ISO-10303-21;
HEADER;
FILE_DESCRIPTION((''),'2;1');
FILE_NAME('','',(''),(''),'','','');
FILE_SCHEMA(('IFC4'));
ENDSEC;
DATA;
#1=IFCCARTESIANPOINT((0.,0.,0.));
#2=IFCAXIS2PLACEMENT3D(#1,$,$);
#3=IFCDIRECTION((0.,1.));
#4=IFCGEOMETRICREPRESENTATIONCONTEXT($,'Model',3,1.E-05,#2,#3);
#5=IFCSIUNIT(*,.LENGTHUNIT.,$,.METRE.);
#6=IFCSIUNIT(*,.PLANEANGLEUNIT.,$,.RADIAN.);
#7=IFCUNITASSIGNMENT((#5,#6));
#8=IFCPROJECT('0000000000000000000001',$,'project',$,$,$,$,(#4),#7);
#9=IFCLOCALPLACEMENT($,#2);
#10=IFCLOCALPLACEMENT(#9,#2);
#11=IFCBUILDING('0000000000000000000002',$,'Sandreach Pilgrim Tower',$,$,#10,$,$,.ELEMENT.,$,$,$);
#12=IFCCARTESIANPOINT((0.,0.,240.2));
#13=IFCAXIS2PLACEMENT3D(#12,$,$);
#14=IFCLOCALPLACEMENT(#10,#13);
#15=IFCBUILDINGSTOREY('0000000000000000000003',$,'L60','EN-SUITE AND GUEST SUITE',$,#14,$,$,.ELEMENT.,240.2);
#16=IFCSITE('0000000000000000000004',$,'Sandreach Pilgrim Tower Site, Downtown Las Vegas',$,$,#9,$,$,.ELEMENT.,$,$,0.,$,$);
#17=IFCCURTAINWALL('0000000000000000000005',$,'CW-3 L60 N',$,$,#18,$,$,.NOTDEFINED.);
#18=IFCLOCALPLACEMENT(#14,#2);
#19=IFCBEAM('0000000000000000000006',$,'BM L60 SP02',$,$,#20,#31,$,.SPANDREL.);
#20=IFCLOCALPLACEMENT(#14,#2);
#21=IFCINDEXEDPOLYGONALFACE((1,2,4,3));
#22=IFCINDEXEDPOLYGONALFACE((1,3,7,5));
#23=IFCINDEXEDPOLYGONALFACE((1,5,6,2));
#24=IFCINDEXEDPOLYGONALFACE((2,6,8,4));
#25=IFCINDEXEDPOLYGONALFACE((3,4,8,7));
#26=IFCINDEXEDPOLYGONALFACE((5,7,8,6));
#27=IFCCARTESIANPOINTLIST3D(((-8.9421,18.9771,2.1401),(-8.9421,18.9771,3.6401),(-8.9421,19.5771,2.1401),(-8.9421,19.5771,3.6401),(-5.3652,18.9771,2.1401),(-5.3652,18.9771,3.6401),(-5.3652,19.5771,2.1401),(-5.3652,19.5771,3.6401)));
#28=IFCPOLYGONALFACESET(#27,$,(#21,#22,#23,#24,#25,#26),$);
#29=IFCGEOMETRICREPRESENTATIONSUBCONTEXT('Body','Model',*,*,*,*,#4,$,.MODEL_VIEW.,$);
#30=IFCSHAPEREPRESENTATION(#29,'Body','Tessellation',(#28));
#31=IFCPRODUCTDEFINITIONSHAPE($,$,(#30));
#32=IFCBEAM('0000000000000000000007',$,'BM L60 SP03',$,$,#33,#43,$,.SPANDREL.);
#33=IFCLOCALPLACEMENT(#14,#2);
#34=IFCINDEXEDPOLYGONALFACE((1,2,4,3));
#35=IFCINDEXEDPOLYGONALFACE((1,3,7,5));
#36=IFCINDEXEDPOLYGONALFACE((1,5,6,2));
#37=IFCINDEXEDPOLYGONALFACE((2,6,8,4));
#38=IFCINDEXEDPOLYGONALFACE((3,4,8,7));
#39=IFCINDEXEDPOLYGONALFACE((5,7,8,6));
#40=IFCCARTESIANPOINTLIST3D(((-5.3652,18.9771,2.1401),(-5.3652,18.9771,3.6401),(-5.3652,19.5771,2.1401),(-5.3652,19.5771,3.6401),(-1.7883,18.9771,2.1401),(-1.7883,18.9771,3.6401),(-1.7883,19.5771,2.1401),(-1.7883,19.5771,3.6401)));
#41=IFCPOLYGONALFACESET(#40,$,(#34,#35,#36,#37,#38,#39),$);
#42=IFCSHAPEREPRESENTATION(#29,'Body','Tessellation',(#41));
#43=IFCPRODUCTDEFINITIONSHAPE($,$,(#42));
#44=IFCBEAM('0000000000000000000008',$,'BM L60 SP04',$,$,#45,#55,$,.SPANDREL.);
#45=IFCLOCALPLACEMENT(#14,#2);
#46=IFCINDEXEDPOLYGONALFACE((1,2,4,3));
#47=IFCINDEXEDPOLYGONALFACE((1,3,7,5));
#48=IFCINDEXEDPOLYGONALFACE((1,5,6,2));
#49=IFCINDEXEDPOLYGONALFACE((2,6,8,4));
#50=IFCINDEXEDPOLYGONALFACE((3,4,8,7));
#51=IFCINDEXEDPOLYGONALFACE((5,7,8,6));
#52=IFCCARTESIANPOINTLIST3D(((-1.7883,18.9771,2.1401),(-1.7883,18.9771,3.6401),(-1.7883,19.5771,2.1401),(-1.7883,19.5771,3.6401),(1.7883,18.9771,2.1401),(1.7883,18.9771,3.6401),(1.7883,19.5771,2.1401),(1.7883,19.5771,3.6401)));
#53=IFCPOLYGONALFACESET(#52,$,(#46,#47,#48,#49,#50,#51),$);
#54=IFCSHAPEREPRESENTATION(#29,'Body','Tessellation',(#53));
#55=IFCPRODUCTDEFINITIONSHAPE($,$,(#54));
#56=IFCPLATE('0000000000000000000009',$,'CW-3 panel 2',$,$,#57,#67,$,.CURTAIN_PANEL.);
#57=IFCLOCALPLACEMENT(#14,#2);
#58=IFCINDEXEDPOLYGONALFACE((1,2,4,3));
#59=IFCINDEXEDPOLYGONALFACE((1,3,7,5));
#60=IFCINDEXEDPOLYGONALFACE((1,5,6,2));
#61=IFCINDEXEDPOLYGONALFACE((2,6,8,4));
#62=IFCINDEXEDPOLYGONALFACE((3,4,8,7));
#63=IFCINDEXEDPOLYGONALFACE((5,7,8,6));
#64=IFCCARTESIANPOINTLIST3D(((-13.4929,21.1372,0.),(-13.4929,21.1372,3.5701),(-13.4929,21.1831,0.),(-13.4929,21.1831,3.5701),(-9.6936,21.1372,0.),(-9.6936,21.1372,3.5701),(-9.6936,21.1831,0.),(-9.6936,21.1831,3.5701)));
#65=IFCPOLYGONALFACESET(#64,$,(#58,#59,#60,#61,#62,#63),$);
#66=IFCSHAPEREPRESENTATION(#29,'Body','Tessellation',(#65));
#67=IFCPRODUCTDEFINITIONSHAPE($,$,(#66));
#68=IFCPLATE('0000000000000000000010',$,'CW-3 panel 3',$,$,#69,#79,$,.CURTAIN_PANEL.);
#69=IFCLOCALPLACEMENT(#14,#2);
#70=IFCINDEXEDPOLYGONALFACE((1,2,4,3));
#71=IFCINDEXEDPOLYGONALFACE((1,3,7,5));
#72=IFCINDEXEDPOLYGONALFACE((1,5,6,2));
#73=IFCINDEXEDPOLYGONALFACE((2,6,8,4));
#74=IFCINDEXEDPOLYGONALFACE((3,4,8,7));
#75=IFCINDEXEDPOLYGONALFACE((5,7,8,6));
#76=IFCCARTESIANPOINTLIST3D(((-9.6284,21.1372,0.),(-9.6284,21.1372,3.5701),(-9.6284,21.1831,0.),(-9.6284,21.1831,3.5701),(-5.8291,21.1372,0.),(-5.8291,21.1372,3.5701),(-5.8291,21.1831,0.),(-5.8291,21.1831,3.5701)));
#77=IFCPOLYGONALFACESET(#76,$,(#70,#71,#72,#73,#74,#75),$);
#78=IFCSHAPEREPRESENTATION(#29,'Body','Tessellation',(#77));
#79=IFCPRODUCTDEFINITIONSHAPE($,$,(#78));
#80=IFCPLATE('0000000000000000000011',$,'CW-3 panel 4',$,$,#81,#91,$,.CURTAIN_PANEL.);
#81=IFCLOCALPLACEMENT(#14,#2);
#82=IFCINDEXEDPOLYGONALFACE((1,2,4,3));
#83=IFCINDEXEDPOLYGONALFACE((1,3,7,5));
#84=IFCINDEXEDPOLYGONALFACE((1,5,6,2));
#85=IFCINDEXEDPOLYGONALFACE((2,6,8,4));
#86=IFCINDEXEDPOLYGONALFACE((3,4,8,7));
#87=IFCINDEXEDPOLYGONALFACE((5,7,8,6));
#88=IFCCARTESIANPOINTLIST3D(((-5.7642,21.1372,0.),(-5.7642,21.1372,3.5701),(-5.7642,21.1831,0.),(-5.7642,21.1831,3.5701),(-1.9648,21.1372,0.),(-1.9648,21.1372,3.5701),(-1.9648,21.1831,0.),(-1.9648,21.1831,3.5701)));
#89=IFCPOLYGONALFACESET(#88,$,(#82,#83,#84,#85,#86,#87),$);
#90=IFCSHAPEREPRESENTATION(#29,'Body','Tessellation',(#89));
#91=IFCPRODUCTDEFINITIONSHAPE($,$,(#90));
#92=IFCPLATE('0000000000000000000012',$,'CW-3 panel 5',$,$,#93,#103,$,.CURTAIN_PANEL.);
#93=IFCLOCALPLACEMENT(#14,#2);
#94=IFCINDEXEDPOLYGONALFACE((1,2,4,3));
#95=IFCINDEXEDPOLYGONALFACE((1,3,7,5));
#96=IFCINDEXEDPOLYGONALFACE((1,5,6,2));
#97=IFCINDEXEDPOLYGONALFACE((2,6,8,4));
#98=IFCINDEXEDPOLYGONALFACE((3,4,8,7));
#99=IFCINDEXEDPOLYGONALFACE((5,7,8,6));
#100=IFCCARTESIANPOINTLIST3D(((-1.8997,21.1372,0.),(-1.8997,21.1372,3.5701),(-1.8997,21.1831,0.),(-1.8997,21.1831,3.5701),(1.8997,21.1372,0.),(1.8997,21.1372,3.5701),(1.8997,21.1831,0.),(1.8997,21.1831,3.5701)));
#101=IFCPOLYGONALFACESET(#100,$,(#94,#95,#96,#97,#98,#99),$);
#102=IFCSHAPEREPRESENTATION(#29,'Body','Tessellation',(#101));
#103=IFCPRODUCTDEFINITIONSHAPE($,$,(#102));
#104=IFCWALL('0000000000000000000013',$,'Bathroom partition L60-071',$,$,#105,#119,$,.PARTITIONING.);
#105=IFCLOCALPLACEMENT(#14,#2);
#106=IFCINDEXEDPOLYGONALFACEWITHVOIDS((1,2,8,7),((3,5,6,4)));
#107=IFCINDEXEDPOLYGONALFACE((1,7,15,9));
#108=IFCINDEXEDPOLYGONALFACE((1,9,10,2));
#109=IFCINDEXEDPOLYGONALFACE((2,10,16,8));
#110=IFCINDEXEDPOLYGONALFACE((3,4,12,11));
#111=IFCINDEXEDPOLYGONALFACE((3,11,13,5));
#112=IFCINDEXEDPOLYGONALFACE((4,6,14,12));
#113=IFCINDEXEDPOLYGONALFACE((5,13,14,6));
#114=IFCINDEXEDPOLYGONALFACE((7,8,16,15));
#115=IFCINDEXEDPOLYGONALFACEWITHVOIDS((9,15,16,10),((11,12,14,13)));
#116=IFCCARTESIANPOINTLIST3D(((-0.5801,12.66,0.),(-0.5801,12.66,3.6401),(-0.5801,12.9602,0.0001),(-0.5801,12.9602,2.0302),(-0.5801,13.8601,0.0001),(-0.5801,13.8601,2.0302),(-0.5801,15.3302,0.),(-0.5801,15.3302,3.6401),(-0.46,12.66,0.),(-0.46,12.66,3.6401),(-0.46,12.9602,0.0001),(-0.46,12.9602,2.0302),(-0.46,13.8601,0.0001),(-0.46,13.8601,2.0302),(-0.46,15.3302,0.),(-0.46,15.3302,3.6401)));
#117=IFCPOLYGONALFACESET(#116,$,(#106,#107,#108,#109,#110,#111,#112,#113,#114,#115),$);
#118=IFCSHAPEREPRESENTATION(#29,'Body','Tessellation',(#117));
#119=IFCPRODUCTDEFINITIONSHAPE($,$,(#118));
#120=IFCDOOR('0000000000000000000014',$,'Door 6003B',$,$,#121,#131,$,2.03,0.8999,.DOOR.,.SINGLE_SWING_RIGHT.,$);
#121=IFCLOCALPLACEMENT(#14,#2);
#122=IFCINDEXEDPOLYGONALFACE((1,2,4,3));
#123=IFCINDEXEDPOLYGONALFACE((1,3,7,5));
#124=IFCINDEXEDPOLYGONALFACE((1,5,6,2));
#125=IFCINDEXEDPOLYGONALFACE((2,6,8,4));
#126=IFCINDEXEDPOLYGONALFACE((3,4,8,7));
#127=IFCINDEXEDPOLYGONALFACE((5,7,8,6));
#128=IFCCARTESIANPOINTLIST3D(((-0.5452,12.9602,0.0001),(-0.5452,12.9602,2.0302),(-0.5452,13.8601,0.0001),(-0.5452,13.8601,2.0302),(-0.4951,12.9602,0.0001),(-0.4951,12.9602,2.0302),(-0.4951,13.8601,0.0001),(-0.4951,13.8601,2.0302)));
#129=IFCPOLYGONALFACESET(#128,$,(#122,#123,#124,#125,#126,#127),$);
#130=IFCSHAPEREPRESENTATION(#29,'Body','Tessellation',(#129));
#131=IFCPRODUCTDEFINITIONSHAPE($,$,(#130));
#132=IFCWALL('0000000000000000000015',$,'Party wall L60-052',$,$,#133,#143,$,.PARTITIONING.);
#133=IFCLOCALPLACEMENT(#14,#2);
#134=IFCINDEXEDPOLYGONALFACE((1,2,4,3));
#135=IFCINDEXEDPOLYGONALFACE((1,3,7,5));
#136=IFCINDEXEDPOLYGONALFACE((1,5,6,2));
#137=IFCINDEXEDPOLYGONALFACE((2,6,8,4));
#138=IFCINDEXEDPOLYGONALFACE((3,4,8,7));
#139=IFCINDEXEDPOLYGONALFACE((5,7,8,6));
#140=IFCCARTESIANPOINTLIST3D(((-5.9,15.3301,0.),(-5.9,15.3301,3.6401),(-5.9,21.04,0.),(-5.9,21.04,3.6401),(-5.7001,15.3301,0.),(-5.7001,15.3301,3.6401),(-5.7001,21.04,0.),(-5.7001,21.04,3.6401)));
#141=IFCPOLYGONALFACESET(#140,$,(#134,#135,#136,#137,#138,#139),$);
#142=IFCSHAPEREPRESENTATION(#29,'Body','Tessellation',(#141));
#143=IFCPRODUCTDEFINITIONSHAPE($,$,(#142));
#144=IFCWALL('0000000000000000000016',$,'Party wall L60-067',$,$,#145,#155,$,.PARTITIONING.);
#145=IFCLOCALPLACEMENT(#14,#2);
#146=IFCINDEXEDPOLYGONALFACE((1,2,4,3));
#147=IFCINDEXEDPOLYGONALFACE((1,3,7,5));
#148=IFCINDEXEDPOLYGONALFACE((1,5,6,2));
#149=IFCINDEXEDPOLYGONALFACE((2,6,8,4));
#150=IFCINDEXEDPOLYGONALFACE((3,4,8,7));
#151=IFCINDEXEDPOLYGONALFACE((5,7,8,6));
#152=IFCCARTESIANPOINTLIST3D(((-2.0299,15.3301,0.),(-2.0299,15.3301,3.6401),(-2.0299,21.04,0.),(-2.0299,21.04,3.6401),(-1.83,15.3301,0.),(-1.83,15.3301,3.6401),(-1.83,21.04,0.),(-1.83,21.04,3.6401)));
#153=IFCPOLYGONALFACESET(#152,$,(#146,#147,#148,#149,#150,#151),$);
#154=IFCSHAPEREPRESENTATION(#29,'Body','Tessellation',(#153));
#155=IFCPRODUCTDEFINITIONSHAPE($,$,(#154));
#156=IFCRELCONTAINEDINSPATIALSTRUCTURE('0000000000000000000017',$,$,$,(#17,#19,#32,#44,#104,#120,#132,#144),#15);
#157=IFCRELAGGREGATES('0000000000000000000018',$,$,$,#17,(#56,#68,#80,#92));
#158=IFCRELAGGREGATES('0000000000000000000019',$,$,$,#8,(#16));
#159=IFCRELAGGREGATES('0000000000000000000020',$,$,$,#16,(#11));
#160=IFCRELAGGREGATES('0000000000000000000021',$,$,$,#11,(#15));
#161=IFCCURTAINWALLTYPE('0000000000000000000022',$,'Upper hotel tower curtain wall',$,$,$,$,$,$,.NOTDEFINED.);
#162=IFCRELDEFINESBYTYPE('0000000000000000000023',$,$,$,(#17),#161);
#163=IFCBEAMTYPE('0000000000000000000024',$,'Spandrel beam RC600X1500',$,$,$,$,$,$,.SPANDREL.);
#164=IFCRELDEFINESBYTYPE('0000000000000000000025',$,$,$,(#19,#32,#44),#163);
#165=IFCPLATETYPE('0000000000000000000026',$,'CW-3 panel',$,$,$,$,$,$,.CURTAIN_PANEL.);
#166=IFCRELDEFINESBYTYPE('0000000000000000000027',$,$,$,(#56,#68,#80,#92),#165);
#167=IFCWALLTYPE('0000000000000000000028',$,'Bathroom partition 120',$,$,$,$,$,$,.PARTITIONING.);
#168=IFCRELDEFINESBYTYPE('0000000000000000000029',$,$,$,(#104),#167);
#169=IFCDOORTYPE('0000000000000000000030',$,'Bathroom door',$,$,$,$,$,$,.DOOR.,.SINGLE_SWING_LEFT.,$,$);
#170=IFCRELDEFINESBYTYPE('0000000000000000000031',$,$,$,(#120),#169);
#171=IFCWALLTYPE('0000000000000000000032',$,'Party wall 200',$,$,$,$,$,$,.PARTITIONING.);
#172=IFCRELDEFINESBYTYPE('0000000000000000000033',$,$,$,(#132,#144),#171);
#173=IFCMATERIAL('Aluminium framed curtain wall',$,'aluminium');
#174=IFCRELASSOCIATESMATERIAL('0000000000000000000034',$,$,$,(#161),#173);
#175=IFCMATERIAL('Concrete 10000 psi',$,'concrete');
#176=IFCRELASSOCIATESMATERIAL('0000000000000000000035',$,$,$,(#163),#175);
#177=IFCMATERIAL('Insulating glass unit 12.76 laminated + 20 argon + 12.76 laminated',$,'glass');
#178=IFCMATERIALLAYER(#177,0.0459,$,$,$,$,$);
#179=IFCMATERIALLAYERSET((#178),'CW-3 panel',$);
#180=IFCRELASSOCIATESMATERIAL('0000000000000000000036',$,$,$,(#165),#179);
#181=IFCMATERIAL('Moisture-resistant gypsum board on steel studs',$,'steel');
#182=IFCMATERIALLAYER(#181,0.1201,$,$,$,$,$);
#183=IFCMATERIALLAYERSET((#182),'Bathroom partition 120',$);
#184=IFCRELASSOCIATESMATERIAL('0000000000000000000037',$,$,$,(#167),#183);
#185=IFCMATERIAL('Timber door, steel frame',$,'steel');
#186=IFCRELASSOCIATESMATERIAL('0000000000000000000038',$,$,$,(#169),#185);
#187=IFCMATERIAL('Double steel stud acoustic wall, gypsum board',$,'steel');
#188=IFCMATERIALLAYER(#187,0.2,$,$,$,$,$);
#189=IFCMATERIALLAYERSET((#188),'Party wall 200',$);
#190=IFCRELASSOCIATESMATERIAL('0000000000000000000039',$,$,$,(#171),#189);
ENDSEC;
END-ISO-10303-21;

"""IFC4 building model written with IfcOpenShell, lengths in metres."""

from ifc_helpers import new_model, si_unit, direction, frame, frame_2d, origin, origin_2d, place, context, subcontext, project, spatial, rectangle, extrude, material, layer, layer_set, material_profile, profile_set, type_object, element, fill, aggregate, save


model = new_model("IFC4")

# Units and contexts
model_context = context("Model", 3, precision=1e-05, world=origin(), true_north=direction((0.0, 1.0)))
body_context = subcontext(model_context, "Body", "Model", "MODEL_VIEW")
ifc_project = project(units=[si_unit("LENGTHUNIT", "METRE"), si_unit("PLANEANGLEUNIT", "RADIAN")], contexts=[model_context])

# Site, building, storey
site_placement = place(None, origin())
site = spatial("IfcSite", under=ifc_project, at=site_placement, Name="Sandreach Pilgrim Tower Site, Downtown Las Vegas", CompositionType="ELEMENT", RefElevation=0.0)
building_placement = place(site_placement, origin())
building = spatial("IfcBuilding", under=site, at=building_placement, Name="Sandreach Pilgrim Tower", CompositionType="ELEMENT")
storey_placement = place(building_placement, frame((0.0, 0.0, 240.2)))
storey = spatial("IfcBuildingStorey", under=building, at=storey_placement, Name="L60", Description="EN-SUITE AND GUEST SUITE", CompositionType="ELEMENT", Elevation=240.2)

# Curtain wall
ifc_material_1 = material(Name="Aluminium framed curtain wall", Category="aluminium")
curtain_wall_type = type_object("IfcCurtainWallType", Name="Upper hotel tower curtain wall", PredefinedType="NOTDEFINED", material=ifc_material_1)
curtain_wall_placement = place(storey_placement, origin())
curtain_wall = element("IfcCurtainWall", 1, at=curtain_wall_placement, inside=storey, type_object=curtain_wall_type, Name="CW-3 L60 N", PredefinedType="NOTDEFINED")

# Beams
ifc_material_2 = material(Name="Concrete 10000 psi", Category="concrete")
ifc_material_profile_1 = material_profile(ifc_material_2, rectangle(XDim=0.6001, YDim=1.5, at=origin_2d()), Name="RC600X1500")
ifc_profile_set_1 = profile_set([ifc_material_profile_1], Name="Concrete 10000 psi")
beam_type_1 = type_object("IfcBeamType", Name="Spandrel beam RC600X1500", PredefinedType="SPANDREL", material=ifc_profile_set_1)
for number, where, z_axis, x_axis, name in (
    (2, (-8.9421, 19.2771, 2.8901), (1.0, 0.0, 0.0), (0.0, 1.0, 0.0), "BM L60 SP02"),
    (3, (-5.3652, 19.2771, 2.8901), (1.0, 0.0, 0.0), (0.0, 1.0, 0.0), "BM L60 SP03"),
):
    element("IfcBeam", number, at=place(storey_placement, frame(where, z_axis=z_axis, x_axis=x_axis)), inside=storey, type_object=beam_type_1, Name=name, PredefinedType="SPANDREL", context=body_context, shape_type="SweptSolid", body=[
        extrude(rectangle(XDim=0.6001, YDim=1.5, at=origin_2d()), origin(), (0.0, 0.0, 1.0), 3.5769),
    ])
beam_1_placement = place(storey_placement, frame((-1.7883, 19.2771, 2.8901), z_axis=(1.0, 0.0, 0.0), x_axis=(0.0, 1.0, 0.0)))
element("IfcBeam", 4, at=beam_1_placement, inside=storey, type_object=beam_type_1, Name="BM L60 SP04", PredefinedType="SPANDREL", context=body_context, shape_type="SweptSolid", body=[
    extrude(rectangle(XDim=0.6001, YDim=1.5, at=origin_2d()), origin(), (0.0, 0.0, 1.0), 3.5767),
])

# Plates
ifc_material_3 = material(Name="Insulating glass unit 12.76 laminated + 20 argon + 12.76 laminated", Category="glass")
ifc_layer_1 = layer(ifc_material_3, 0.0459)
ifc_layer_set_1 = layer_set([ifc_layer_1], Name="CW-3 panel")
plate_type = type_object("IfcPlateType", Name="CW-3 panel", PredefinedType="CURTAIN_PANEL", material=ifc_layer_set_1)
plate_1_placement = place(storey_placement, frame((-11.5933, 21.1602, 0.0), z_axis=(0.0, 0.0, 1.0), x_axis=(1.0, 0.0, 0.0)))
plate_1 = element("IfcPlate", 5, at=plate_1_placement, type_object=plate_type, Name="CW-3 panel 2", PredefinedType="CURTAIN_PANEL", context=body_context, shape_type="SweptSolid", body=[
    extrude(rectangle(XDim=3.7993, YDim=0.0459, at=origin_2d()), origin(), (0.0, 0.0, 1.0), 3.5701),
])
plate_2_placement = place(storey_placement, frame((-7.7288, 21.1602, 0.0), z_axis=(0.0, 0.0, 1.0), x_axis=(1.0, 0.0, 0.0)))
plate_2 = element("IfcPlate", 6, at=plate_2_placement, type_object=plate_type, Name="CW-3 panel 3", PredefinedType="CURTAIN_PANEL", context=body_context, shape_type="SweptSolid", body=[
    extrude(rectangle(XDim=3.7993, YDim=0.0459, at=origin_2d()), origin(), (0.0, 0.0, 1.0), 3.5701),
])
plate_3_placement = place(storey_placement, frame((-3.8645, 21.1602, 0.0), z_axis=(0.0, 0.0, 1.0), x_axis=(1.0, 0.0, 0.0)))
plate_3 = element("IfcPlate", 7, at=plate_3_placement, type_object=plate_type, Name="CW-3 panel 4", PredefinedType="CURTAIN_PANEL", context=body_context, shape_type="SweptSolid", body=[
    extrude(rectangle(XDim=3.7993, YDim=0.0459, at=origin_2d()), origin(), (0.0, 0.0, 1.0), 3.5701),
])
plate_4_placement = place(storey_placement, frame((0.0, 21.1602, 0.0), z_axis=(0.0, 0.0, 1.0), x_axis=(1.0, 0.0, 0.0)))
plate_4 = element("IfcPlate", 8, at=plate_4_placement, type_object=plate_type, Name="CW-3 panel 5", PredefinedType="CURTAIN_PANEL", context=body_context, shape_type="SweptSolid", body=[
    extrude(rectangle(XDim=3.7993, YDim=0.0459, at=origin_2d()), origin(), (0.0, 0.0, 1.0), 3.5701),
])
aggregate(curtain_wall, [plate_1, plate_2, plate_3, plate_4])

# Wall, opening, door
ifc_material_4 = material(Name="Moisture-resistant gypsum board on steel studs", Category="steel")
ifc_layer_2 = layer(ifc_material_4, 0.1201)
ifc_layer_set_2 = layer_set([ifc_layer_2], Name="Bathroom partition 120")
wall_type_1 = type_object("IfcWallType", Name="Bathroom partition 120", PredefinedType="PARTITIONING", material=ifc_layer_set_2)
wall_placement = place(storey_placement, frame((-0.52, 15.3301, 0.0), z_axis=(0.0, 0.0, 1.0), x_axis=(0.0, -1.0, 0.0)))
wall = element("IfcWall", 9, at=wall_placement, inside=storey, type_object=wall_type_1, Name="Bathroom partition L60-071", PredefinedType="PARTITIONING", context=body_context, shape_type="SweptSolid", body=[
    extrude(rectangle(XDim=2.6702, YDim=0.1201, at=frame_2d((1.335, 0.0))), origin(), (0.0, 0.0, 1.0), 3.6401),
])
opening_placement = place(wall_placement, frame((1.47, 0.0, 0.0)))
opening = element("IfcOpeningElement", 10, at=opening_placement, cuts=wall, PredefinedType="OPENING", context=body_context, shape_type="SweptSolid", body=[
    extrude(rectangle(XDim=0.8999, YDim=2.03, at=frame_2d((0.45, 1.0151))), frame((0.0, 0.0601, 0.0), z_axis=(0.0, -1.0, 0.0), x_axis=(1.0, 0.0, 0.0)), (0.0, 0.0, 1.0), 0.1201),
])
ifc_material_5 = material(Name="Timber door, steel frame", Category="steel")
door_type = type_object("IfcDoorType", Name="Bathroom door", OperationType="SINGLE_SWING_LEFT", PredefinedType="DOOR", material=ifc_material_5)
door_placement = place(opening_placement, origin())
door = element("IfcDoor", 11, at=door_placement, inside=storey, type_object=door_type, Name="Door 6003B", OperationType="SINGLE_SWING_RIGHT", OverallHeight=2.03, OverallWidth=0.8999, PredefinedType="DOOR", context=body_context, shape_type="SweptSolid", body=[
    extrude(rectangle(XDim=0.8999, YDim=2.03, at=frame_2d((0.45, 1.0151))), frame((0.0, 0.0249, 0.0), z_axis=(0.0, -1.0, 0.0), x_axis=(1.0, 0.0, 0.0)), (0.0, 0.0, 1.0), 0.05),
])
fill(opening, door)

# Walls
ifc_material_6 = material(Name="Double steel stud acoustic wall, gypsum board", Category="steel")
ifc_layer_3 = layer(ifc_material_6, 0.2)
ifc_layer_set_3 = layer_set([ifc_layer_3], Name="Party wall 200")
wall_type_2 = type_object("IfcWallType", Name="Party wall 200", PredefinedType="PARTITIONING", material=ifc_layer_set_3)
for number, where, z_axis, x_axis, name in (
    (12, (-5.8, 21.04, 0.0), (0.0, 0.0, 1.0), (0.0, -1.0, 0.0), "Party wall L60-052"),
    (13, (-1.9299, 21.04, 0.0), (0.0, 0.0, 1.0), (0.0, -1.0, 0.0), "Party wall L60-067"),
):
    element("IfcWall", number, at=place(storey_placement, frame(where, z_axis=z_axis, x_axis=x_axis)), inside=storey, type_object=wall_type_2, Name=name, PredefinedType="PARTITIONING", context=body_context, shape_type="SweptSolid", body=[
        extrude(rectangle(XDim=5.71, YDim=0.2, at=frame_2d((2.855, 0.0))), origin(), (0.0, 0.0, 1.0), 3.6401),
    ])

save(model, "model.ifc")
